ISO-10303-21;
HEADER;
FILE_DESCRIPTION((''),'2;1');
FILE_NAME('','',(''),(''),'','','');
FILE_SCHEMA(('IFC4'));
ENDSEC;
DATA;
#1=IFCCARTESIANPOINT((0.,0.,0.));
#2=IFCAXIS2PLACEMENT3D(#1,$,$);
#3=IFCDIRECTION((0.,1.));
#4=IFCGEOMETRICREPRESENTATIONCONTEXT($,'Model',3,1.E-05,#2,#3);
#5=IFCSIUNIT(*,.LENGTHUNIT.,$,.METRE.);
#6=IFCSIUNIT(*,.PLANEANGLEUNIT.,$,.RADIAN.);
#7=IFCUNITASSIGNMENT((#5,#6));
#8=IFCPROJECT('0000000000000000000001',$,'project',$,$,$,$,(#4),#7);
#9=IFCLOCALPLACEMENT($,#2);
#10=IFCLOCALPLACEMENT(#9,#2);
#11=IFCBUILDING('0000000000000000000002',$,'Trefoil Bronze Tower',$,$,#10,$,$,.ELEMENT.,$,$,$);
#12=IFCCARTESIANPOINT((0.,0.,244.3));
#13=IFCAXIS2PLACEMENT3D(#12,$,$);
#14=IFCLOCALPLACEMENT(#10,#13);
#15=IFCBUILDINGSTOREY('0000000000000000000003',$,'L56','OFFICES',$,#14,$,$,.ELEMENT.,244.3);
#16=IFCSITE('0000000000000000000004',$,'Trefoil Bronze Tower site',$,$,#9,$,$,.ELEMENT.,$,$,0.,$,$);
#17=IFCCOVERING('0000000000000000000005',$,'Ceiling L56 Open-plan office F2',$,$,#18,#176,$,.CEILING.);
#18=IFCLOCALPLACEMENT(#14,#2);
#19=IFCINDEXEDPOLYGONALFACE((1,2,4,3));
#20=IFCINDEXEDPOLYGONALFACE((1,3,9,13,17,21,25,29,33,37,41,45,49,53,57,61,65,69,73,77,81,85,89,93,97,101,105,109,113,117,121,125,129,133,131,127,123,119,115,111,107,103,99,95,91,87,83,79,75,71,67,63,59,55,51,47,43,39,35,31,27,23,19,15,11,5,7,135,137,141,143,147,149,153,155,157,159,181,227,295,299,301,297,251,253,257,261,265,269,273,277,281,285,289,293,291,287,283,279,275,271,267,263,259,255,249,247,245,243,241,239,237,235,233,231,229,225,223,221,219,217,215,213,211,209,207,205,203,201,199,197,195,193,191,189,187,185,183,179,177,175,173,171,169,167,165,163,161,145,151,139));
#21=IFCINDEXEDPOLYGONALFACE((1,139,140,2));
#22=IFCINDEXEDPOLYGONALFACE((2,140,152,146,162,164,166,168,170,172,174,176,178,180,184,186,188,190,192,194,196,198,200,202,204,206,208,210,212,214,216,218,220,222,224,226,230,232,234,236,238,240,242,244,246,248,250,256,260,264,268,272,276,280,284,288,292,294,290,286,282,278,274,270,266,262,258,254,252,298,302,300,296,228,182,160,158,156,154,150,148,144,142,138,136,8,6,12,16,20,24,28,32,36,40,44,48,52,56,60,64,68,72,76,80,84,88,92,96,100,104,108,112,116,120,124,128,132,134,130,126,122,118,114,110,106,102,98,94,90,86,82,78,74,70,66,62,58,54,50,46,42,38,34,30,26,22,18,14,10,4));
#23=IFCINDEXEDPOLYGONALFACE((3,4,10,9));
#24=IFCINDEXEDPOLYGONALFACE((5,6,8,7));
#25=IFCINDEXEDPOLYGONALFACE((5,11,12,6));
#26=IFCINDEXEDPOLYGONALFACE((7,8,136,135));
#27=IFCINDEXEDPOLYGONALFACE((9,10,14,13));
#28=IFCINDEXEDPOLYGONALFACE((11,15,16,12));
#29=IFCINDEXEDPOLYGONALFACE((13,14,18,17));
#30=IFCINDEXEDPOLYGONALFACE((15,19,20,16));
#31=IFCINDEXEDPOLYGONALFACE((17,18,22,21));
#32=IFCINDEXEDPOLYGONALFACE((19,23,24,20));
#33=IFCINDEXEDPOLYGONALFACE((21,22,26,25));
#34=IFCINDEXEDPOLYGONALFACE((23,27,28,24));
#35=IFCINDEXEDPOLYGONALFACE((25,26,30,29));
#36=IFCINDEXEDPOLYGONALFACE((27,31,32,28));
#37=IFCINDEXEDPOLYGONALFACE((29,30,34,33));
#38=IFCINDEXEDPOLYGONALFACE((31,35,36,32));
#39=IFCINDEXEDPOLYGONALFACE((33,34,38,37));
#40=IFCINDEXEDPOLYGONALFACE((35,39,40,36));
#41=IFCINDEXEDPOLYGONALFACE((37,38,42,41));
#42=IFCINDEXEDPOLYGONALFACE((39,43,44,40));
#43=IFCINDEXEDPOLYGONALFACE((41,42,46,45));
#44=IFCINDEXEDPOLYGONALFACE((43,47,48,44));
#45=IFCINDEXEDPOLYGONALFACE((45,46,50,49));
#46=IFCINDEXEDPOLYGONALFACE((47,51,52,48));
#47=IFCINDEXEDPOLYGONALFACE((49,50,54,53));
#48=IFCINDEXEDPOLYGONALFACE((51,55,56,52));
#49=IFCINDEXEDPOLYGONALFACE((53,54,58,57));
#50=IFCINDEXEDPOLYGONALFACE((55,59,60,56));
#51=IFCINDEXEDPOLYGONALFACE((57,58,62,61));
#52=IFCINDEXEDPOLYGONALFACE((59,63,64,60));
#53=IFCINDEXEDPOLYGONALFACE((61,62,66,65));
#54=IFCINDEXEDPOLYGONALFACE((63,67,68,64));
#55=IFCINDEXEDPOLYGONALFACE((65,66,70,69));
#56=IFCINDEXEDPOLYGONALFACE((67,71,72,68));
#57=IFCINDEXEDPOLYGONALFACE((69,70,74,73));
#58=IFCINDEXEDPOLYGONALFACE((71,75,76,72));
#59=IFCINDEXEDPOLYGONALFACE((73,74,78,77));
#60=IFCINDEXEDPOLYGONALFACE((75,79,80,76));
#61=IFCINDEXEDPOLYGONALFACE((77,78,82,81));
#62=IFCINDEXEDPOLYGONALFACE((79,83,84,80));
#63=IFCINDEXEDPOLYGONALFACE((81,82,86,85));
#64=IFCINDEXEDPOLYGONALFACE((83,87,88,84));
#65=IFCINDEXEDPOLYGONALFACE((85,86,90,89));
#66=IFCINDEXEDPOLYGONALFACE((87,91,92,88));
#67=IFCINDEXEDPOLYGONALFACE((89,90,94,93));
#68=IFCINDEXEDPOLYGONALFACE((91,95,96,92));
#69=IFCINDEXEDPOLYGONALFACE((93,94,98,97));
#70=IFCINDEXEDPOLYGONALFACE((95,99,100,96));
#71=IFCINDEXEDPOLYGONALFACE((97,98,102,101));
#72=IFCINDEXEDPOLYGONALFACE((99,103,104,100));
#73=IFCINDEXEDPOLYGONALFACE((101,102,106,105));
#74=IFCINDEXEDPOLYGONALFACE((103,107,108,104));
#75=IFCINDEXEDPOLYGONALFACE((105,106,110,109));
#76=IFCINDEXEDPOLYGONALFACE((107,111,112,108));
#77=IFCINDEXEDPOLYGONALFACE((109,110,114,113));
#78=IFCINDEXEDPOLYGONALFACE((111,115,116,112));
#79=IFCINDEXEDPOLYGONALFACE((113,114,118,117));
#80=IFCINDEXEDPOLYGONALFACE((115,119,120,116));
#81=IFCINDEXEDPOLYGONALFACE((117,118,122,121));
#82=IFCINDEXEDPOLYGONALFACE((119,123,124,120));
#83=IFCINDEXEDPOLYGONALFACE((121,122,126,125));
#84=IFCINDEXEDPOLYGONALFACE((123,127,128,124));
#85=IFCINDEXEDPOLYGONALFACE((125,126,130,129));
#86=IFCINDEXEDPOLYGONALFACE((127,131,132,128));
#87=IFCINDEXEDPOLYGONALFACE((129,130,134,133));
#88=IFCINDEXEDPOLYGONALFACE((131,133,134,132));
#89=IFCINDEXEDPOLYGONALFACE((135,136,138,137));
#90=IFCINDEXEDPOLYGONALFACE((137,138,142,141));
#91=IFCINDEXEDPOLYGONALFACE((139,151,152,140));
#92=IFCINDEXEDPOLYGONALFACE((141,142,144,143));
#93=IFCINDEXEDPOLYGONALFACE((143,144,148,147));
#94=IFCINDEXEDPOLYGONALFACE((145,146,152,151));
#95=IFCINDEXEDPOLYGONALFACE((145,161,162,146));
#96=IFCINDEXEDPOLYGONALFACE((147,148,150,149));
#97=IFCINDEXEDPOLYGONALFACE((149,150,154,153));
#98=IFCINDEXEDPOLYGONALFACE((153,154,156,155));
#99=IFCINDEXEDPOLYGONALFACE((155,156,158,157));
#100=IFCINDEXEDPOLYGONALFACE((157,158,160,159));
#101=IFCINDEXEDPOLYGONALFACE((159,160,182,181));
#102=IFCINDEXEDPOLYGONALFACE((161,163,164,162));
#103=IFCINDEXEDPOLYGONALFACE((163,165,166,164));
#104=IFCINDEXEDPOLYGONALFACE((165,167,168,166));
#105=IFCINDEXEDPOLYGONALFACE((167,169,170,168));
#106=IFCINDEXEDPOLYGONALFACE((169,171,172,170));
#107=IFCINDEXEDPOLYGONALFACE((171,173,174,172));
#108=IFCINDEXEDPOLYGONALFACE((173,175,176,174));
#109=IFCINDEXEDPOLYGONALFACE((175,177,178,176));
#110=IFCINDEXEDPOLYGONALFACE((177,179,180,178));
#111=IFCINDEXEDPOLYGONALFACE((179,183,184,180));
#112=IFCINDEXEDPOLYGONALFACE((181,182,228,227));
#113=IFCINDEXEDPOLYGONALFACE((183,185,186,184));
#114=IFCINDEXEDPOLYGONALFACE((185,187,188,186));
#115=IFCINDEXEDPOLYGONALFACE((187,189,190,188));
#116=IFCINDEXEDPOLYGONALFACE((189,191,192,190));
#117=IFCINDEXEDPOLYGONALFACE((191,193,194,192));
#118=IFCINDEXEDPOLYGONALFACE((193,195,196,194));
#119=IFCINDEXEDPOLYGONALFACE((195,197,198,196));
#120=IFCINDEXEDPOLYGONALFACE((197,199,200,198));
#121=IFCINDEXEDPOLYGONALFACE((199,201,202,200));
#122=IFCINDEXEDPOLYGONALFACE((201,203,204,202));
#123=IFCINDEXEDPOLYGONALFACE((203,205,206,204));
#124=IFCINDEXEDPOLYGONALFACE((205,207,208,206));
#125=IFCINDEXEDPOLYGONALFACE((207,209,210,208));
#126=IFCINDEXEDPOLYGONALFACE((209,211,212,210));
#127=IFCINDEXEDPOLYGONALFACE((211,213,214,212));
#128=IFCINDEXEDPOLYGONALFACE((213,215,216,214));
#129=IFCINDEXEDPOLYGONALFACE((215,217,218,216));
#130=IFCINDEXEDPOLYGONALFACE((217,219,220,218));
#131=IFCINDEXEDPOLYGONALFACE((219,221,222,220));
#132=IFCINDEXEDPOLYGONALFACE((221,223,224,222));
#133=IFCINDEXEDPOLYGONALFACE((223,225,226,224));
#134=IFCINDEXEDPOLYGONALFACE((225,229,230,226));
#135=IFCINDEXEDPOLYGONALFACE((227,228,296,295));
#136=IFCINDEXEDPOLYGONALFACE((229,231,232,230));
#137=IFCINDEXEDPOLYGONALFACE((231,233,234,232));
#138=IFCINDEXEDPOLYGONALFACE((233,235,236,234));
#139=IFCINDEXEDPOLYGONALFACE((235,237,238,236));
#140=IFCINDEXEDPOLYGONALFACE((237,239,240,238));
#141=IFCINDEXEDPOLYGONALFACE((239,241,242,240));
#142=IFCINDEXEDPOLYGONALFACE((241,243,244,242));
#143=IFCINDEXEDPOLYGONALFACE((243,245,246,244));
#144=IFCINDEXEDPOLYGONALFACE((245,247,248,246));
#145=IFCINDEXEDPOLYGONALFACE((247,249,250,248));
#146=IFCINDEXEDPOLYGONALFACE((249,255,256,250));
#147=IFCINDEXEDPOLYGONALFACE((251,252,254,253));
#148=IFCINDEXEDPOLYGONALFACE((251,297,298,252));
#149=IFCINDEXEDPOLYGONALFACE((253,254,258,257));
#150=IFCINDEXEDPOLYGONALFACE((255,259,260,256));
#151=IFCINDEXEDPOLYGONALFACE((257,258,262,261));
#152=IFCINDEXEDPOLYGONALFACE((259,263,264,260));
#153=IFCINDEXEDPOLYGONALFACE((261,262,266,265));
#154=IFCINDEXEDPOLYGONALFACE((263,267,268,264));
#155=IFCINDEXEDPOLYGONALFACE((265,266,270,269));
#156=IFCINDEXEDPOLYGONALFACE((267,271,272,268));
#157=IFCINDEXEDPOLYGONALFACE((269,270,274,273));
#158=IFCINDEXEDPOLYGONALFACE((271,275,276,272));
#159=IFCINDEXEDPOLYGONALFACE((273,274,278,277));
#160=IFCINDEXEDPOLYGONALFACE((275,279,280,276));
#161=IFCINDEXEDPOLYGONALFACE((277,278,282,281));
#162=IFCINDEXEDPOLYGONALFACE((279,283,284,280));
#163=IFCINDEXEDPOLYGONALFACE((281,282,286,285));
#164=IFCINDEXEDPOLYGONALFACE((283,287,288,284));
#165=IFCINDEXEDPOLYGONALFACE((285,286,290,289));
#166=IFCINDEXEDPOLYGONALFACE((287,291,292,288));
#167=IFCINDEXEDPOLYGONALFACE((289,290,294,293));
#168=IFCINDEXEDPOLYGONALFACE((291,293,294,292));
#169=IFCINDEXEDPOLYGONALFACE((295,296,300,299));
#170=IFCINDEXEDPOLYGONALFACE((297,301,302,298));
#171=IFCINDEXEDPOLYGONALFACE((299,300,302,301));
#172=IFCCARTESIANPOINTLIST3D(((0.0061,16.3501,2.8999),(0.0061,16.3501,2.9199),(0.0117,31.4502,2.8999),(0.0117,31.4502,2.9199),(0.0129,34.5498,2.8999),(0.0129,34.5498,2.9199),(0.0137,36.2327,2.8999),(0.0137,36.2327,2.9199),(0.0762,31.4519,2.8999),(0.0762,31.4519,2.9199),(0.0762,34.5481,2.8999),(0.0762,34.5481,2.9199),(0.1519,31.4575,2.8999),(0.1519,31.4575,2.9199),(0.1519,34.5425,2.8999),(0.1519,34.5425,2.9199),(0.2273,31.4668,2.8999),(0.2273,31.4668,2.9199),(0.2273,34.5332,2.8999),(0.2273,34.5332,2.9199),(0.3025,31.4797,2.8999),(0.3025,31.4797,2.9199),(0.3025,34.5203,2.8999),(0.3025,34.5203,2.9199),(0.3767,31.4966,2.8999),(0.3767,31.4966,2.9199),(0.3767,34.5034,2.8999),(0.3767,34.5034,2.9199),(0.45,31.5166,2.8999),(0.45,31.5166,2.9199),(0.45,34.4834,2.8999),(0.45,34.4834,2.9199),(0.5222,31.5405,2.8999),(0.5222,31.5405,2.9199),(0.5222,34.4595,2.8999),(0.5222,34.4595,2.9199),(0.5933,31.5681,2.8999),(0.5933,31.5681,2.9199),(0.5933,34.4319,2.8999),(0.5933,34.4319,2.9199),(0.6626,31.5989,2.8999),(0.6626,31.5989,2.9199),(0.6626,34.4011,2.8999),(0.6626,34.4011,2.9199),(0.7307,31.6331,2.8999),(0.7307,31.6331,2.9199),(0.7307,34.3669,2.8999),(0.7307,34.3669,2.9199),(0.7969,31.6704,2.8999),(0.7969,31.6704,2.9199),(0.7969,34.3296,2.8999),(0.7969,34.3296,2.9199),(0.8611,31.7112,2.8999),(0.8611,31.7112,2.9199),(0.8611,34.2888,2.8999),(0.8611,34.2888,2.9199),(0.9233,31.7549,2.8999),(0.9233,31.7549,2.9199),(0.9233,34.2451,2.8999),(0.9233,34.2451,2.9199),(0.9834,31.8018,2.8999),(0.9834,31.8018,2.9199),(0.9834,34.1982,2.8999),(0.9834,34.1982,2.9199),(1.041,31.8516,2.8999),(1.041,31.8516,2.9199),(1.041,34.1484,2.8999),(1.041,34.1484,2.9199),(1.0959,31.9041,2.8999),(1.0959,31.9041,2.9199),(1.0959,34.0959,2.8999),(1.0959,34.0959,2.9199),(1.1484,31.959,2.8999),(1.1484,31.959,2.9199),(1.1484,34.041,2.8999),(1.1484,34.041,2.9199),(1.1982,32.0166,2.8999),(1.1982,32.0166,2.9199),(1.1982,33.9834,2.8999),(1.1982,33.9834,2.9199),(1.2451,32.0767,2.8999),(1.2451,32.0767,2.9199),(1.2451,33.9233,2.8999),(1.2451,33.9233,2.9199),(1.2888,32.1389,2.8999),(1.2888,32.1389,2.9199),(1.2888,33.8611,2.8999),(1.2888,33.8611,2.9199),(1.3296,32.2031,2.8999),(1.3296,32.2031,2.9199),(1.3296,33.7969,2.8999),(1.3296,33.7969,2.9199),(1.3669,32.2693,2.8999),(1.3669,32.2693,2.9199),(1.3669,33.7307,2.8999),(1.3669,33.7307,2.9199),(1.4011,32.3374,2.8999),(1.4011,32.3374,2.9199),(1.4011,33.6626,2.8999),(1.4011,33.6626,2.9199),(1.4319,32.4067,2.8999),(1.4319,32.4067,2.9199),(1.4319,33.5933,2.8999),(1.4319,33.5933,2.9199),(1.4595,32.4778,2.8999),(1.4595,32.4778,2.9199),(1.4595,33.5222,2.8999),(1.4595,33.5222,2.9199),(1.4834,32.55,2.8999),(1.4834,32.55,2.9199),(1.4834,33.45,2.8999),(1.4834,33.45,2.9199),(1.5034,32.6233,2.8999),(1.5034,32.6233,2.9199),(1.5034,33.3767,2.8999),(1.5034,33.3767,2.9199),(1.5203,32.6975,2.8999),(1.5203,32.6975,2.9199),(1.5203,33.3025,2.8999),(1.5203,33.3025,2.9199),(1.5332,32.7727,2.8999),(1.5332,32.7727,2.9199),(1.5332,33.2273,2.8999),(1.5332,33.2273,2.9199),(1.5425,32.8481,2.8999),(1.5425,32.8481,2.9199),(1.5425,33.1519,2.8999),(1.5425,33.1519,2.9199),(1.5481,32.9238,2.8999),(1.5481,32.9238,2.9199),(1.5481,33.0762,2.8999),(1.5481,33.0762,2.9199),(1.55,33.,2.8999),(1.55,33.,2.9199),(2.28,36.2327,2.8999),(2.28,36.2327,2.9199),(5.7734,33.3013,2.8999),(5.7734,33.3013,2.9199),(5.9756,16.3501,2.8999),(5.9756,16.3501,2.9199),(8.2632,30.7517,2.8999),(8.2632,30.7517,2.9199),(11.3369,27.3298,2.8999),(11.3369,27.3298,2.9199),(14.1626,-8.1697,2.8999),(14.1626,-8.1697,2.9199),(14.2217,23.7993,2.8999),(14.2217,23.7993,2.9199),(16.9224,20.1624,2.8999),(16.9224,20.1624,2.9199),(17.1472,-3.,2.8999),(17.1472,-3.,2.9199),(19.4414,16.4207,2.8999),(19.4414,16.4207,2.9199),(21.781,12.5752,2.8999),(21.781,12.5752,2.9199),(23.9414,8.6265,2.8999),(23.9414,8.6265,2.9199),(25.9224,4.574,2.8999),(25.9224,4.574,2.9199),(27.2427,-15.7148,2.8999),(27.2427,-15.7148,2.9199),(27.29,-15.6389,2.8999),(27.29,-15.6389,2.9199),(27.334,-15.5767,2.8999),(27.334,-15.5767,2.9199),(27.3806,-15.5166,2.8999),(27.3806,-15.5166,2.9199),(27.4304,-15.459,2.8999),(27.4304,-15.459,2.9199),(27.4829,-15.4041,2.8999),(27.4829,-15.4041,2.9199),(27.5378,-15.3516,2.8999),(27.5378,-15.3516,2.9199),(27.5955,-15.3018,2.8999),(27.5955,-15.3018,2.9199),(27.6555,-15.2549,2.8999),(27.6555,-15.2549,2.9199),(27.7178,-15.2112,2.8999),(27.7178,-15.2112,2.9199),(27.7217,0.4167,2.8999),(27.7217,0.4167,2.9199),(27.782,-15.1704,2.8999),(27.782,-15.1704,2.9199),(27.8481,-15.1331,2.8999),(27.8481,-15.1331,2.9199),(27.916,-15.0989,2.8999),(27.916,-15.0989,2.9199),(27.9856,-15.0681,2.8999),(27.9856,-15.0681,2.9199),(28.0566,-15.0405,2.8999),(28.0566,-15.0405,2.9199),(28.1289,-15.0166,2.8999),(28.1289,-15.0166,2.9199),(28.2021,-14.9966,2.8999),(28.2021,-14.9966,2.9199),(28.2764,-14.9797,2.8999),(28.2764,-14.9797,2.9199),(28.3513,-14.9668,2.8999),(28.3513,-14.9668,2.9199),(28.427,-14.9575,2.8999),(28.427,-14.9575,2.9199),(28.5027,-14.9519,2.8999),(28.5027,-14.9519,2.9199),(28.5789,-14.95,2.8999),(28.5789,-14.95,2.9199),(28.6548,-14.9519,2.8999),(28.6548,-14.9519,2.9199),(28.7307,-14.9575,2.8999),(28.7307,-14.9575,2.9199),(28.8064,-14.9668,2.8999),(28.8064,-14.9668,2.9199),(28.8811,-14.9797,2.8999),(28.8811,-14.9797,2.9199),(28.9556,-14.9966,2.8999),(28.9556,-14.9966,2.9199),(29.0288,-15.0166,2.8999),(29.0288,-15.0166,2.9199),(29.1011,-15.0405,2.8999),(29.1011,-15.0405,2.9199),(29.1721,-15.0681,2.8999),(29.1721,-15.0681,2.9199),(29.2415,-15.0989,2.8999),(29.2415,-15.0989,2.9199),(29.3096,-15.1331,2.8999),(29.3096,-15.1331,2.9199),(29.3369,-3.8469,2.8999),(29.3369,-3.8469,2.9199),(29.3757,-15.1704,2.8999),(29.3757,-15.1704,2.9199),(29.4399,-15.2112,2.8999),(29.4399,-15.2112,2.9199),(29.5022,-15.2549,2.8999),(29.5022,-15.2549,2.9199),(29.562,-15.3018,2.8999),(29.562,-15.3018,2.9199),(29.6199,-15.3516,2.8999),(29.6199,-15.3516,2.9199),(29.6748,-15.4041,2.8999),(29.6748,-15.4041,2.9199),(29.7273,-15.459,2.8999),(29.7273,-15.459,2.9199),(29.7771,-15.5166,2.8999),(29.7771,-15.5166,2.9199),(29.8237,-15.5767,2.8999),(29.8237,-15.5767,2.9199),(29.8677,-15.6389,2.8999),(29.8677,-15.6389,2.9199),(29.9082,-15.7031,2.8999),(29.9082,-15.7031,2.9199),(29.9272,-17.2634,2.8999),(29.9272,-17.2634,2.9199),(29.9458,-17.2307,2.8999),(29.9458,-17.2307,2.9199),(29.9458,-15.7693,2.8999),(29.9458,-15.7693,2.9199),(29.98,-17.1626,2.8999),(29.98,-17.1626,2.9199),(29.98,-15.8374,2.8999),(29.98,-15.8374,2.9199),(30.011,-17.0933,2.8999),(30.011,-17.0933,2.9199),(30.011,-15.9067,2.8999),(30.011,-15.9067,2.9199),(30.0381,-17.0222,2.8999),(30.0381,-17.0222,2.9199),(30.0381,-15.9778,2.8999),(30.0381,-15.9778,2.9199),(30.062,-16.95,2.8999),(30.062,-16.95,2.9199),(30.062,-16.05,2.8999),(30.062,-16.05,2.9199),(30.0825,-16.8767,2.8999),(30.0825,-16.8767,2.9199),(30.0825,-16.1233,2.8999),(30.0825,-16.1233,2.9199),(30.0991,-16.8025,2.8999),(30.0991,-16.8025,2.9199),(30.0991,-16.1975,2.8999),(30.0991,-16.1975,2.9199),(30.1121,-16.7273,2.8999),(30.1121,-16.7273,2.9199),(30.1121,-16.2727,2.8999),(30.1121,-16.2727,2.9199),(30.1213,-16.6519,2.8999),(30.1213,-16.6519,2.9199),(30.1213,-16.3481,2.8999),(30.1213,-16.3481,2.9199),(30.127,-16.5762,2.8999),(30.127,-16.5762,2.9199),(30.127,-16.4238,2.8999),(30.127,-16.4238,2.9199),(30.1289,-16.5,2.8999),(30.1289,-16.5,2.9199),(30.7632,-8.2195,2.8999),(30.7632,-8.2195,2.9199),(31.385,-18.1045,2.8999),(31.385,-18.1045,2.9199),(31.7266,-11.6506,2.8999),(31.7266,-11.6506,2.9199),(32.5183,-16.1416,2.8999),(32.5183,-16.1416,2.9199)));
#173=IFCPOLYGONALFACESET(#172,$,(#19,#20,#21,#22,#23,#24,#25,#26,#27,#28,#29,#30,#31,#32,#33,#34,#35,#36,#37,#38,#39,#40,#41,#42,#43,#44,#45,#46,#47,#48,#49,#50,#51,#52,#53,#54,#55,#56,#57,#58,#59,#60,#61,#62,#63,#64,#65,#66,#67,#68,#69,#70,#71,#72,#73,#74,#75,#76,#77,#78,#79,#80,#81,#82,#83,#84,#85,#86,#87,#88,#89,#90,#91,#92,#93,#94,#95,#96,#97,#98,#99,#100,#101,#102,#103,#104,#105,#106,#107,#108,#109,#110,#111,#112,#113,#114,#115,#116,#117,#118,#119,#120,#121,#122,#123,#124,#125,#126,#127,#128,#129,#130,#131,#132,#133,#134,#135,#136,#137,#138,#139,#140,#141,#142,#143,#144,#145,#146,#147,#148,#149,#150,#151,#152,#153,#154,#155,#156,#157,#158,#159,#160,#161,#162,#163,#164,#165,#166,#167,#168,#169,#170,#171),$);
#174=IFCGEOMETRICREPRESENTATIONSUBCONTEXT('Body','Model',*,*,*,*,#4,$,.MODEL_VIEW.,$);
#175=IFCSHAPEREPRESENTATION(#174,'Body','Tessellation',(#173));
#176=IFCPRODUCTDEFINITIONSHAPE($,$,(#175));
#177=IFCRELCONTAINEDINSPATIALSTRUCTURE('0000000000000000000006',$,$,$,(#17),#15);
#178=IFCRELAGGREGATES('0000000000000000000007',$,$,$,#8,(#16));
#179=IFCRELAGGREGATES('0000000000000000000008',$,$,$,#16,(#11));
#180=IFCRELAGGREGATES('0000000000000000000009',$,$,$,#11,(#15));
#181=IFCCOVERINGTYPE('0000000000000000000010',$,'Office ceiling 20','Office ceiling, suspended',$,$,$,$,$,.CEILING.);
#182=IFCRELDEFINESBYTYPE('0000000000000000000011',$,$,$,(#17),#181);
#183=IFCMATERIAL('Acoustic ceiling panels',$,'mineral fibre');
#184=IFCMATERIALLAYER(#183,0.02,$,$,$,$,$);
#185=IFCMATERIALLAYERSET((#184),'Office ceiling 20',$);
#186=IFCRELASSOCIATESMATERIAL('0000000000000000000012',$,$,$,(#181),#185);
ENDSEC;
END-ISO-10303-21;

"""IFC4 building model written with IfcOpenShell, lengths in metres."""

from ifc_helpers import new_model, si_unit, direction, frame, origin, place, context, subcontext, project, spatial, polyline, outline, extrude, material, layer, layer_set, type_object, element, save


model = new_model("IFC4")

# Units and contexts
model_context = context("Model", 3, precision=1e-05, world=origin(), true_north=direction((0.0, 1.0)))
body_context = subcontext(model_context, "Body", "Model", "MODEL_VIEW")
ifc_project = project(units=[si_unit("LENGTHUNIT", "METRE"), si_unit("PLANEANGLEUNIT", "RADIAN")], contexts=[model_context])

# Site, building, storey
site_placement = place(None, origin())
site = spatial("IfcSite", under=ifc_project, at=site_placement, Name="Trefoil Bronze Tower site", CompositionType="ELEMENT", RefElevation=0.0)
building_placement = place(site_placement, origin())
building = spatial("IfcBuilding", under=site, at=building_placement, Name="Trefoil Bronze Tower", CompositionType="ELEMENT")
storey_placement = place(building_placement, frame((0.0, 0.0, 244.3)))
storey = spatial("IfcBuildingStorey", under=building, at=storey_placement, Name="L56", Description="OFFICES", CompositionType="ELEMENT", Elevation=244.3)

# Covering
ifc_material_1 = material(Name="Acoustic ceiling panels", Category="mineral fibre")
ifc_layer_1 = layer(ifc_material_1, 0.02)
ifc_layer_set_1 = layer_set([ifc_layer_1], Name="Office ceiling 20")
covering_type_1 = type_object("IfcCoveringType", Name="Office ceiling 20", Description="Office ceiling, suspended", PredefinedType="CEILING", material=ifc_layer_set_1)
covering_1_placement = place(storey_placement, frame((0.0, 0.0, 2.8999)))
element("IfcCovering", 1, at=covering_1_placement, inside=storey, type_object=covering_type_1, Name="Ceiling L56 Open-plan office F2", PredefinedType="CEILING", context=body_context, shape_type="SweptSolid", body=[
    extrude(outline(polyline([(8.2632, 30.7517), (11.3369, 27.3298), (14.2217, 23.7993), (16.9224, 20.1624), (19.4414, 16.4207), (21.781, 12.5752), (23.9414, 8.6265), (25.9224, 4.574), (27.7217, 0.4167), (29.3369, -3.8469), (30.7632, -8.2195), (31.7266, -11.6506), (32.5183, -16.1416), (31.385, -18.1045), (29.9272, -17.2634), (29.9458, -17.2307), (29.98, -17.1626), (30.011, -17.0933), (30.0381, -17.0222), (30.062, -16.95), (30.0825, -16.8767), (30.0991, -16.8025), (30.1121, -16.7273), (30.1213, -16.6519), (30.127, -16.5762), (30.1289, -16.5), (30.127, -16.4238), (30.1213, -16.3481), (30.1121, -16.2727), (30.0991, -16.1975), (30.0825, -16.1233), (30.062, -16.05), (30.0381, -15.9778), (30.011, -15.9067), (29.98, -15.8374), (29.9458, -15.7693), (29.9082, -15.7031), (29.8677, -15.6389), (29.8237, -15.5767), (29.7771, -15.5166), (29.7273, -15.459), (29.6748, -15.4041), (29.6199, -15.3516), (29.562, -15.3018), (29.5022, -15.2549), (29.4399, -15.2112), (29.3757, -15.1704), (29.3096, -15.1331), (29.2415, -15.0989), (29.1721, -15.0681), (29.1011, -15.0405), (29.0288, -15.0166), (28.9556, -14.9966), (28.8811, -14.9797), (28.8064, -14.9668), (28.7307, -14.9575), (28.6548, -14.9519), (28.5789, -14.95), (28.5027, -14.9519), (28.427, -14.9575), (28.3513, -14.9668), (28.2764, -14.9797), (28.2021, -14.9966), (28.1289, -15.0166), (28.0566, -15.0405), (27.9856, -15.0681), (27.916, -15.0989), (27.8481, -15.1331), (27.782, -15.1704), (27.7178, -15.2112), (27.6555, -15.2549), (27.5955, -15.3018), (27.5378, -15.3516), (27.4829, -15.4041), (27.4304, -15.459), (27.3806, -15.5166), (27.334, -15.5767), (27.29, -15.6389), (27.2427, -15.7148), (14.1626, -8.1697), (17.1472, -3.0), (5.9756, 16.3501), (0.0061, 16.3501), (0.0117, 31.4502), (0.0762, 31.4519), (0.1519, 31.4575), (0.2273, 31.4668), (0.3025, 31.4797), (0.3767, 31.4966), (0.45, 31.5166), (0.5222, 31.5405), (0.5933, 31.5681), (0.6626, 31.5989), (0.7307, 31.6331), (0.7969, 31.6704), (0.8611, 31.7112), (0.9233, 31.7549), (0.9834, 31.8018), (1.041, 31.8516), (1.0959, 31.9041), (1.1484, 31.959), (1.1982, 32.0166), (1.2451, 32.0767), (1.2888, 32.1389), (1.3296, 32.2031), (1.3669, 32.2693), (1.4011, 32.3374), (1.4319, 32.4067), (1.4595, 32.4778), (1.4834, 32.55), (1.5034, 32.6233), (1.5203, 32.6975), (1.5332, 32.7727), (1.5425, 32.8481), (1.5481, 32.9238), (1.55, 33.0), (1.5481, 33.0762), (1.5425, 33.1519), (1.5332, 33.2273), (1.5203, 33.3025), (1.5034, 33.3767), (1.4834, 33.45), (1.4595, 33.5222), (1.4319, 33.5933), (1.4011, 33.6626), (1.3669, 33.7307), (1.3296, 33.7969), (1.2888, 33.8611), (1.2451, 33.9233), (1.1982, 33.9834), (1.1484, 34.041), (1.0959, 34.0959), (1.041, 34.1484), (0.9834, 34.1982), (0.9233, 34.2451), (0.8611, 34.2888), (0.7969, 34.3296), (0.7307, 34.3669), (0.6626, 34.4011), (0.5933, 34.4319), (0.5222, 34.4595), (0.45, 34.4834), (0.3767, 34.5034), (0.3025, 34.5203), (0.2273, 34.5332), (0.1519, 34.5425), (0.0762, 34.5481), (0.0129, 34.5498), (0.0137, 36.2327), (2.28, 36.2327), (5.7734, 33.3013), (8.2632, 30.7517)])), origin(), (0.0, 0.0, 1.0), 0.02),
])

save(model, "model.ifc")
